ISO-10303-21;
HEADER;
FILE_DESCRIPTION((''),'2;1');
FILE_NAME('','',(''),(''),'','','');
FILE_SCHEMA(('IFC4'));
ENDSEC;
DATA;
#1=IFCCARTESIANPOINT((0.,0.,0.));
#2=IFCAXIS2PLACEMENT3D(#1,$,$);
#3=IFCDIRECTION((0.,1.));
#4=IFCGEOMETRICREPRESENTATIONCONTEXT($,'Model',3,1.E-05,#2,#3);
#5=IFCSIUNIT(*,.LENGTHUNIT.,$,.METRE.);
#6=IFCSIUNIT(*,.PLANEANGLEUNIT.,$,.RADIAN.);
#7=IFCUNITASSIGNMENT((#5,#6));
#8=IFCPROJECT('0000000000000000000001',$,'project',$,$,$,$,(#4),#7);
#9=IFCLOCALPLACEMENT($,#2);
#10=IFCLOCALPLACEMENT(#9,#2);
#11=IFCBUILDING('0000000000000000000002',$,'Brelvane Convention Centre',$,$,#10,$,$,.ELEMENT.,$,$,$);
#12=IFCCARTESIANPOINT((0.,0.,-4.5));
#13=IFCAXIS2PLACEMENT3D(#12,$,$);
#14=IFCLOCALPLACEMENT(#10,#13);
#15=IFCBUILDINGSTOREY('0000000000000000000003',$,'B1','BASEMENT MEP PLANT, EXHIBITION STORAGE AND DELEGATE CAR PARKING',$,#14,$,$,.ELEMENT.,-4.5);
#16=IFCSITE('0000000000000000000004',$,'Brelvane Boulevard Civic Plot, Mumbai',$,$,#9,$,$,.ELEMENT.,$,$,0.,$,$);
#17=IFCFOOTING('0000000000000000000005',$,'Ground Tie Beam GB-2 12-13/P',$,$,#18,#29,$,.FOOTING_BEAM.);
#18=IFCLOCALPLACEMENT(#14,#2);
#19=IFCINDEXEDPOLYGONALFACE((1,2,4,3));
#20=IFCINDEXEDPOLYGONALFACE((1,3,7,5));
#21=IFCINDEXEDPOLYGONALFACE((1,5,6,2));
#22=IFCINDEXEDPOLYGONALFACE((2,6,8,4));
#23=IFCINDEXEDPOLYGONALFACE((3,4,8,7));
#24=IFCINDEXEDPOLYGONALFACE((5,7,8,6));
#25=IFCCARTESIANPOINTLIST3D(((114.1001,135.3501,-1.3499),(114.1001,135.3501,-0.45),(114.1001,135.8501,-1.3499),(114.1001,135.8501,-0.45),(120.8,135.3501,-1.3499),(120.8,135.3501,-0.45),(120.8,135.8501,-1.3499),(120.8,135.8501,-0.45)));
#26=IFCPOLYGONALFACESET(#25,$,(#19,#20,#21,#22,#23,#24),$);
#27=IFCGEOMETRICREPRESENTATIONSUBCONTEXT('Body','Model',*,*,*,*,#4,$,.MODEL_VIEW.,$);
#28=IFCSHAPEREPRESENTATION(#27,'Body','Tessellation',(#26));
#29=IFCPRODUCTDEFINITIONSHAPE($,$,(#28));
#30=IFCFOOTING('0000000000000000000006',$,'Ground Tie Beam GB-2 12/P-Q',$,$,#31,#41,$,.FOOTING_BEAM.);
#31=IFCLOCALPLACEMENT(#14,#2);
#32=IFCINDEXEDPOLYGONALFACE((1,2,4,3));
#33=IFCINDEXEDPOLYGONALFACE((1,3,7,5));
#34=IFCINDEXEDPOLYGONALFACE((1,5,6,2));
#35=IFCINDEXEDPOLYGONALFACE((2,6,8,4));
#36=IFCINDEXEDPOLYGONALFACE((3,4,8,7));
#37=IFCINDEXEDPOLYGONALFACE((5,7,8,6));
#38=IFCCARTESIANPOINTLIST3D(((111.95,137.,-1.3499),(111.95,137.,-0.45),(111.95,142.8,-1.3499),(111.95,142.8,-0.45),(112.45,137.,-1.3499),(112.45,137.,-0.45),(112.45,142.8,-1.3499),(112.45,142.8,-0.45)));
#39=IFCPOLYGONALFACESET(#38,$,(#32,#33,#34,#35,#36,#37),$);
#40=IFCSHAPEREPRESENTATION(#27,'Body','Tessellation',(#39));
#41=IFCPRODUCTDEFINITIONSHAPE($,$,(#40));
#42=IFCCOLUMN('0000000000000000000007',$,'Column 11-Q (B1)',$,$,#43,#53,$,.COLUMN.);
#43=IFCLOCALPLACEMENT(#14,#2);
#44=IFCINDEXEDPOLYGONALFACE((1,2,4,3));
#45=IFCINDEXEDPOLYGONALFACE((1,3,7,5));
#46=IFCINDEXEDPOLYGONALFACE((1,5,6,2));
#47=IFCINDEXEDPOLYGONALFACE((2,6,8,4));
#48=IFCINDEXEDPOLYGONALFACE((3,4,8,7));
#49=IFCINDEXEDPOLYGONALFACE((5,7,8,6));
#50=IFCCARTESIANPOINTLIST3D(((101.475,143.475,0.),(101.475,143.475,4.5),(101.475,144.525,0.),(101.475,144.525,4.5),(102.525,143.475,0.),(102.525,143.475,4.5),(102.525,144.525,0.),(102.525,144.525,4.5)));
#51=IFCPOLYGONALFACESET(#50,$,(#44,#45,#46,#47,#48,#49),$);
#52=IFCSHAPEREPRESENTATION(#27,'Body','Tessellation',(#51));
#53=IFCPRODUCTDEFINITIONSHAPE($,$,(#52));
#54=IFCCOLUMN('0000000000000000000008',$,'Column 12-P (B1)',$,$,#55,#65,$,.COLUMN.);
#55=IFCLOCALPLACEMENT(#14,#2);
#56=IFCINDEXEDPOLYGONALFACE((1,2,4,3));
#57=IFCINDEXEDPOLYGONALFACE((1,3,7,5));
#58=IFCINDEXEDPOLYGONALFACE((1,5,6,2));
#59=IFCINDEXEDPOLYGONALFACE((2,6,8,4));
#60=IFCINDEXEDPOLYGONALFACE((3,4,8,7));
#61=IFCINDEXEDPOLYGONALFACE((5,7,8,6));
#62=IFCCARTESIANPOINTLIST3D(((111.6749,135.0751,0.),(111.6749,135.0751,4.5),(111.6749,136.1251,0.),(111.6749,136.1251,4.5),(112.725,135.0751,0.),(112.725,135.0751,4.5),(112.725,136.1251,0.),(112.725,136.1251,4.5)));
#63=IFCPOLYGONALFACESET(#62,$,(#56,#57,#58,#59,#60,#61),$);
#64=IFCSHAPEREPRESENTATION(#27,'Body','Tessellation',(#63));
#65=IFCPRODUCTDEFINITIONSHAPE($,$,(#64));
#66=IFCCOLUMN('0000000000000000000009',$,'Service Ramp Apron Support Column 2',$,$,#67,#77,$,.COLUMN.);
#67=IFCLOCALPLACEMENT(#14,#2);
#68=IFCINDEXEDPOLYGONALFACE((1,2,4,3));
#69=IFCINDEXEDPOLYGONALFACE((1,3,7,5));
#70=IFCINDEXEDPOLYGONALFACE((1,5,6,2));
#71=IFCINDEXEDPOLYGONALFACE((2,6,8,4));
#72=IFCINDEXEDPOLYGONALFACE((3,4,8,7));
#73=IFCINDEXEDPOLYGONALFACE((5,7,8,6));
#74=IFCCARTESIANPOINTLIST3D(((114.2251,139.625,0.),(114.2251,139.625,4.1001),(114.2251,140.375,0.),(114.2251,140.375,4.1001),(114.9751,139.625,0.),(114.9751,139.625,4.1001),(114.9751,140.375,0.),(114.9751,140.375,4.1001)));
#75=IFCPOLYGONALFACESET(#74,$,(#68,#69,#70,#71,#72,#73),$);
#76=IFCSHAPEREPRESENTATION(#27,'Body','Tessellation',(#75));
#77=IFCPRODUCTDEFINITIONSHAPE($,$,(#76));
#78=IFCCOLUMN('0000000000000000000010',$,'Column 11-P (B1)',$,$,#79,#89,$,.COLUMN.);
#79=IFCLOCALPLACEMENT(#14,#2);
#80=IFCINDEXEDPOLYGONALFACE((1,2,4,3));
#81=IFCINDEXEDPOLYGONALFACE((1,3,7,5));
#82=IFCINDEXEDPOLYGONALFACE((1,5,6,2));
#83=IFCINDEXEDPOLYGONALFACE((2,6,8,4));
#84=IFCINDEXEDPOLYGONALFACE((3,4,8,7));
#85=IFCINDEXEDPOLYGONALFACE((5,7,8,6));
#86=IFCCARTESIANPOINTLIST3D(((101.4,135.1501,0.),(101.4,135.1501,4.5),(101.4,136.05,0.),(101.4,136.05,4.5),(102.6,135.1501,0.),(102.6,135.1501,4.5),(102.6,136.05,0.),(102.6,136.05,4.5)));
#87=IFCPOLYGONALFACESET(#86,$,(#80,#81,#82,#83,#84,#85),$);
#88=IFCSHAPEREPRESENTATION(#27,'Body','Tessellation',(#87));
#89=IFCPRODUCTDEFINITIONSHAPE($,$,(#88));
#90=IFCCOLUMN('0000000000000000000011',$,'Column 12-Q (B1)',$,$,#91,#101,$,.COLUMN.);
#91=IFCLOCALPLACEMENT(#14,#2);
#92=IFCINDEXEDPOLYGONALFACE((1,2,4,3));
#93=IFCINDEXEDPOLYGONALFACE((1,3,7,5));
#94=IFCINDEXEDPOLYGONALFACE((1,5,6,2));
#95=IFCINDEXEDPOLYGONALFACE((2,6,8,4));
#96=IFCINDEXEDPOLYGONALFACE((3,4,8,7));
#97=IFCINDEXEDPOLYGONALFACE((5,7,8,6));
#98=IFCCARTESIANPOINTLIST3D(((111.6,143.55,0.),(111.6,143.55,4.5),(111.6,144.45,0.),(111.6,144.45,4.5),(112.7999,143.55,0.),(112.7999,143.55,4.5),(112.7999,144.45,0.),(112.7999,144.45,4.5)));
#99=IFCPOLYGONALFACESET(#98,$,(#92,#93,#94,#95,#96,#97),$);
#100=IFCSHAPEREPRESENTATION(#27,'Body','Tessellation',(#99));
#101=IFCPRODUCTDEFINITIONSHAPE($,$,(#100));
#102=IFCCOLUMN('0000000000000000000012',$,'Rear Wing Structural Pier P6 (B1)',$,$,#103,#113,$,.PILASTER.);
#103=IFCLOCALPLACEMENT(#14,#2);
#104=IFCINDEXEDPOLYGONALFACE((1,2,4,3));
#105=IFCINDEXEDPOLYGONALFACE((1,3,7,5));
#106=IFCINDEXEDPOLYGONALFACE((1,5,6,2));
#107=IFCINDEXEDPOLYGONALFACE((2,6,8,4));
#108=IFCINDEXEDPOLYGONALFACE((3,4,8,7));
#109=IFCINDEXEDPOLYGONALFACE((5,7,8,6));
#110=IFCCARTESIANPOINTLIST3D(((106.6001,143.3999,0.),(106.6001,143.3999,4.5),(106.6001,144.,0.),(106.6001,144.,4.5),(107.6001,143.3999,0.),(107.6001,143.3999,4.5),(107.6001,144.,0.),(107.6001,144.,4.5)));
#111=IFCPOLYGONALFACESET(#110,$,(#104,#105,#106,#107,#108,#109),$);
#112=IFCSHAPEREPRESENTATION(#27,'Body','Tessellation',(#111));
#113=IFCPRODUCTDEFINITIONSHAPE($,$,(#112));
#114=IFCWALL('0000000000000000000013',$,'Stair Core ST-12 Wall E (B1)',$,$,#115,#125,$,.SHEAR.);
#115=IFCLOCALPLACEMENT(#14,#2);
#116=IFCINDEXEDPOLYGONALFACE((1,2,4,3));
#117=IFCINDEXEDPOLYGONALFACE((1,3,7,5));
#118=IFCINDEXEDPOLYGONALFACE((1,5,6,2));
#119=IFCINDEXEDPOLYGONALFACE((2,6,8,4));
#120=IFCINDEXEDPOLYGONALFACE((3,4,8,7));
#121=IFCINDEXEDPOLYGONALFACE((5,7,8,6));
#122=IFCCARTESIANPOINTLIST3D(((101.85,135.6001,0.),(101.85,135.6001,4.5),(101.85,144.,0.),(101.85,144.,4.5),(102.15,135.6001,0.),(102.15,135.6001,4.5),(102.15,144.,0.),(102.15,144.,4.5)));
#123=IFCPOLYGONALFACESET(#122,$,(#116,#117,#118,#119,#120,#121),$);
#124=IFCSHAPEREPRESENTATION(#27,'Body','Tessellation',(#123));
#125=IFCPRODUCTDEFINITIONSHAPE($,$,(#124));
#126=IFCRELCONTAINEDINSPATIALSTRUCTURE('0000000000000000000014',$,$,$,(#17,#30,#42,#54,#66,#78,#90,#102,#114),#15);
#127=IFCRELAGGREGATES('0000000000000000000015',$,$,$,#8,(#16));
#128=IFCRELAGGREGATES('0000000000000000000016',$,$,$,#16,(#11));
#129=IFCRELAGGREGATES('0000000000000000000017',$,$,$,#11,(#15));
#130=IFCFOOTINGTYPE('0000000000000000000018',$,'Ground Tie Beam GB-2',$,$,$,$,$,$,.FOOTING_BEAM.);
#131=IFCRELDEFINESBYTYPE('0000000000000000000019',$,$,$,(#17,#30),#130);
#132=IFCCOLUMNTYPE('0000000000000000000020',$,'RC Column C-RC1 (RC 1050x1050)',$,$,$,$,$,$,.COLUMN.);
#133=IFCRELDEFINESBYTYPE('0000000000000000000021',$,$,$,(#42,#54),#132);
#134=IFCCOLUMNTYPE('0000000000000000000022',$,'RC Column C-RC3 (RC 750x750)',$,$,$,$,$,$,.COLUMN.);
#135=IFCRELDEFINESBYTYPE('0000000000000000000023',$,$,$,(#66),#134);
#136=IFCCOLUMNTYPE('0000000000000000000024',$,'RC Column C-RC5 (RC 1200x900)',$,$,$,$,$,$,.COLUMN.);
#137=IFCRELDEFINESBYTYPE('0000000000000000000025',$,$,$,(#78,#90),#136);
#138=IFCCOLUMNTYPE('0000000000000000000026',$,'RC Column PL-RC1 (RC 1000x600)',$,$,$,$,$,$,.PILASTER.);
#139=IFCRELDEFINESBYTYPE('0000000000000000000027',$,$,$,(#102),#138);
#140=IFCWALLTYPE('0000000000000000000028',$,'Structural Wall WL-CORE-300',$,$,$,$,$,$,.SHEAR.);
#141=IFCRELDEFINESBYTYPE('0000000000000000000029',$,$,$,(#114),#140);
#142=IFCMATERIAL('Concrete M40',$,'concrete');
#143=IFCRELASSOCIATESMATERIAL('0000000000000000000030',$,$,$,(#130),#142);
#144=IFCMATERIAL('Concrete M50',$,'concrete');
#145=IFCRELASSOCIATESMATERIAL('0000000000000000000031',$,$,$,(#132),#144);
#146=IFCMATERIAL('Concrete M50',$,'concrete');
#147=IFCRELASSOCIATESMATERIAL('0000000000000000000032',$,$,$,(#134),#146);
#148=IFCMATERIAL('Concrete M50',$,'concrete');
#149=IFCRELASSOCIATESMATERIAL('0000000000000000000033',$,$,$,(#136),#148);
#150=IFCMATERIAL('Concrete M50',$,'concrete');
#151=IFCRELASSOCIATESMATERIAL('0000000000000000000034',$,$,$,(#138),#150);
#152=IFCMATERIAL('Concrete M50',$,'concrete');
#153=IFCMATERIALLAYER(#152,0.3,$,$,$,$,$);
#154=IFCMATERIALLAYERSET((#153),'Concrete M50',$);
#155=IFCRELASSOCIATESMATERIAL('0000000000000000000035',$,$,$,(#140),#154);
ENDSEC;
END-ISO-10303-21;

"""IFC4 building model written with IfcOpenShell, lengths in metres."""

from ifc_helpers import new_model, si_unit, direction, frame, frame_2d, origin, origin_2d, place, context, subcontext, project, spatial, rectangle, extrude, material, layer, layer_set, material_profile, profile_set, type_object, element, save


model = new_model("IFC4")

# Units and contexts
model_context = context("Model", 3, precision=1e-05, world=origin(), true_north=direction((0.0, 1.0)))
body_context = subcontext(model_context, "Body", "Model", "MODEL_VIEW")
ifc_project = project(units=[si_unit("LENGTHUNIT", "METRE"), si_unit("PLANEANGLEUNIT", "RADIAN")], contexts=[model_context])

# Site, building, storey
site_placement = place(None, origin())
site = spatial("IfcSite", under=ifc_project, at=site_placement, Name="Brelvane Boulevard Civic Plot, Mumbai", CompositionType="ELEMENT", RefElevation=0.0)
building_placement = place(site_placement, origin())
building = spatial("IfcBuilding", under=site, at=building_placement, Name="Brelvane Convention Centre", CompositionType="ELEMENT")
storey_placement = place(building_placement, frame((0.0, 0.0, -4.5)))
storey = spatial("IfcBuildingStorey", under=building, at=storey_placement, Name="B1", Description="BASEMENT MEP PLANT, EXHIBITION STORAGE AND DELEGATE CAR PARKING", CompositionType="ELEMENT", Elevation=-4.5)

# Footings
ifc_material_1 = material(Name="Concrete M40", Category="concrete")
ifc_material_profile_1 = material_profile(ifc_material_1, rectangle(XDim=0.5, YDim=0.8999, at=origin_2d()), Name="RC 500x900")
ifc_profile_set_1 = profile_set([ifc_material_profile_1], Name="Concrete M40")
footing_type_1 = type_object("IfcFootingType", Name="Ground Tie Beam GB-2", PredefinedType="FOOTING_BEAM", material=ifc_profile_set_1)
footing_1_placement = place(storey_placement, frame((114.1001, 135.6001, -0.8999), z_axis=(1.0, 0.0, 0.0), x_axis=(0.0, 1.0, 0.0)))
element("IfcFooting", 1, at=footing_1_placement, inside=storey, type_object=footing_type_1, Name="Ground Tie Beam GB-2 12-13/P", PredefinedType="FOOTING_BEAM", context=body_context, shape_type="SweptSolid", body=[
    extrude(rectangle(XDim=0.5, YDim=0.8999, at=origin_2d()), origin(), (0.0, 0.0, 1.0), 6.7),
])
footing_2_placement = place(storey_placement, frame((112.2, 137.0, -0.8999), z_axis=(0.0, 1.0, 0.0), x_axis=(-1.0, 0.0, 0.0)))
element("IfcFooting", 2, at=footing_2_placement, inside=storey, type_object=footing_type_1, Name="Ground Tie Beam GB-2 12/P-Q", PredefinedType="FOOTING_BEAM", context=body_context, shape_type="SweptSolid", body=[
    extrude(rectangle(XDim=0.5, YDim=0.8999, at=origin_2d()), origin(), (0.0, 0.0, 1.0), 5.8),
])

# Columns
ifc_material_2 = material(Name="Concrete M50", Category="concrete")
ifc_material_profile_2 = material_profile(ifc_material_2, rectangle(XDim=1.05, YDim=1.05, at=origin_2d()), Name="RC 1050x1050")
ifc_profile_set_2 = profile_set([ifc_material_profile_2], Name="Concrete M50")
column_type_1 = type_object("IfcColumnType", Name="RC Column C-RC1 (RC 1050x1050)", PredefinedType="COLUMN", material=ifc_profile_set_2)
for number, where, z_axis, x_axis, name in (
    (3, (102.0, 144.0, 0.0), (0.0, 0.0, 1.0), (1.0, 0.0, 0.0), "Column 11-Q (B1)"),
    (4, (112.2, 135.6001, 0.0), (0.0, 0.0, 1.0), (1.0, 0.0, 0.0), "Column 12-P (B1)"),
):
    element("IfcColumn", number, at=place(storey_placement, frame(where, z_axis=z_axis, x_axis=x_axis)), inside=storey, type_object=column_type_1, Name=name, PredefinedType="COLUMN", context=body_context, shape_type="SweptSolid", body=[
        extrude(rectangle(XDim=1.05, YDim=1.05, at=origin_2d()), origin(), (0.0, 0.0, 1.0), 4.5),
    ])
ifc_material_3 = material(Name="Concrete M50", Category="concrete")
ifc_material_profile_3 = material_profile(ifc_material_3, rectangle(XDim=0.75, YDim=0.75, at=origin_2d()), Name="RC 750x750")
ifc_profile_set_3 = profile_set([ifc_material_profile_3], Name="Concrete M50")
column_type_2 = type_object("IfcColumnType", Name="RC Column C-RC3 (RC 750x750)", PredefinedType="COLUMN", material=ifc_profile_set_3)
column_1_placement = place(storey_placement, frame((114.6001, 140.0, 0.0), z_axis=(0.0, 0.0, 1.0), x_axis=(1.0, 0.0, 0.0)))
element("IfcColumn", 5, at=column_1_placement, inside=storey, type_object=column_type_2, Name="Service Ramp Apron Support Column 2", PredefinedType="COLUMN", context=body_context, shape_type="SweptSolid", body=[
    extrude(rectangle(XDim=0.75, YDim=0.75, at=origin_2d()), origin(), (0.0, 0.0, 1.0), 4.1001),
])
ifc_material_4 = material(Name="Concrete M50", Category="concrete")
ifc_material_profile_4 = material_profile(ifc_material_4, rectangle(XDim=1.2, YDim=0.8999, at=origin_2d()), Name="RC 1200x900")
ifc_profile_set_4 = profile_set([ifc_material_profile_4], Name="Concrete M50")
column_type_3 = type_object("IfcColumnType", Name="RC Column C-RC5 (RC 1200x900)", PredefinedType="COLUMN", material=ifc_profile_set_4)
for number, where, z_axis, x_axis, name in (
    (6, (102.0, 135.6001, 0.0), (0.0, 0.0, 1.0), (1.0, 0.0, 0.0), "Column 11-P (B1)"),
    (7, (112.2, 144.0, 0.0), (0.0, 0.0, 1.0), (1.0, 0.0, 0.0), "Column 12-Q (B1)"),
):
    element("IfcColumn", number, at=place(storey_placement, frame(where, z_axis=z_axis, x_axis=x_axis)), inside=storey, type_object=column_type_3, Name=name, PredefinedType="COLUMN", context=body_context, shape_type="SweptSolid", body=[
        extrude(rectangle(XDim=1.2, YDim=0.8999, at=origin_2d()), origin(), (0.0, 0.0, 1.0), 4.5),
    ])
ifc_material_5 = material(Name="Concrete M50", Category="concrete")
ifc_material_profile_5 = material_profile(ifc_material_5, rectangle(XDim=1.0, YDim=0.6001, at=origin_2d()), Name="RC 1000x600")
ifc_profile_set_5 = profile_set([ifc_material_profile_5], Name="Concrete M50")
column_type_4 = type_object("IfcColumnType", Name="RC Column PL-RC1 (RC 1000x600)", PredefinedType="PILASTER", material=ifc_profile_set_5)
column_2_placement = place(storey_placement, frame((107.1001, 143.7, 0.0), z_axis=(0.0, 0.0, 1.0), x_axis=(1.0, 0.0, 0.0)))
element("IfcColumn", 8, at=column_2_placement, inside=storey, type_object=column_type_4, Name="Rear Wing Structural Pier P6 (B1)", PredefinedType="PILASTER", context=body_context, shape_type="SweptSolid", body=[
    extrude(rectangle(XDim=1.0, YDim=0.6001, at=origin_2d()), origin(), (0.0, 0.0, 1.0), 4.5),
])

# Wall
ifc_material_6 = material(Name="Concrete M50", Category="concrete")
ifc_layer = layer(ifc_material_6, 0.3)
ifc_layer_set = layer_set([ifc_layer], Name="Concrete M50")
wall_type = type_object("IfcWallType", Name="Structural Wall WL-CORE-300", PredefinedType="SHEAR", material=ifc_layer_set)
wall_placement = place(storey_placement, frame((102.0, 135.6001, 0.0), z_axis=(0.0, 0.0, 1.0), x_axis=(0.0, 1.0, 0.0)))
element("IfcWall", 9, at=wall_placement, inside=storey, type_object=wall_type, Name="Stair Core ST-12 Wall E (B1)", PredefinedType="SHEAR", context=body_context, shape_type="SweptSolid", body=[
    extrude(rectangle(XDim=8.3999, YDim=0.3, at=frame_2d((4.2, 0.0))), origin(), (0.0, 0.0, 1.0), 4.5),
])

save(model, "model.ifc")
